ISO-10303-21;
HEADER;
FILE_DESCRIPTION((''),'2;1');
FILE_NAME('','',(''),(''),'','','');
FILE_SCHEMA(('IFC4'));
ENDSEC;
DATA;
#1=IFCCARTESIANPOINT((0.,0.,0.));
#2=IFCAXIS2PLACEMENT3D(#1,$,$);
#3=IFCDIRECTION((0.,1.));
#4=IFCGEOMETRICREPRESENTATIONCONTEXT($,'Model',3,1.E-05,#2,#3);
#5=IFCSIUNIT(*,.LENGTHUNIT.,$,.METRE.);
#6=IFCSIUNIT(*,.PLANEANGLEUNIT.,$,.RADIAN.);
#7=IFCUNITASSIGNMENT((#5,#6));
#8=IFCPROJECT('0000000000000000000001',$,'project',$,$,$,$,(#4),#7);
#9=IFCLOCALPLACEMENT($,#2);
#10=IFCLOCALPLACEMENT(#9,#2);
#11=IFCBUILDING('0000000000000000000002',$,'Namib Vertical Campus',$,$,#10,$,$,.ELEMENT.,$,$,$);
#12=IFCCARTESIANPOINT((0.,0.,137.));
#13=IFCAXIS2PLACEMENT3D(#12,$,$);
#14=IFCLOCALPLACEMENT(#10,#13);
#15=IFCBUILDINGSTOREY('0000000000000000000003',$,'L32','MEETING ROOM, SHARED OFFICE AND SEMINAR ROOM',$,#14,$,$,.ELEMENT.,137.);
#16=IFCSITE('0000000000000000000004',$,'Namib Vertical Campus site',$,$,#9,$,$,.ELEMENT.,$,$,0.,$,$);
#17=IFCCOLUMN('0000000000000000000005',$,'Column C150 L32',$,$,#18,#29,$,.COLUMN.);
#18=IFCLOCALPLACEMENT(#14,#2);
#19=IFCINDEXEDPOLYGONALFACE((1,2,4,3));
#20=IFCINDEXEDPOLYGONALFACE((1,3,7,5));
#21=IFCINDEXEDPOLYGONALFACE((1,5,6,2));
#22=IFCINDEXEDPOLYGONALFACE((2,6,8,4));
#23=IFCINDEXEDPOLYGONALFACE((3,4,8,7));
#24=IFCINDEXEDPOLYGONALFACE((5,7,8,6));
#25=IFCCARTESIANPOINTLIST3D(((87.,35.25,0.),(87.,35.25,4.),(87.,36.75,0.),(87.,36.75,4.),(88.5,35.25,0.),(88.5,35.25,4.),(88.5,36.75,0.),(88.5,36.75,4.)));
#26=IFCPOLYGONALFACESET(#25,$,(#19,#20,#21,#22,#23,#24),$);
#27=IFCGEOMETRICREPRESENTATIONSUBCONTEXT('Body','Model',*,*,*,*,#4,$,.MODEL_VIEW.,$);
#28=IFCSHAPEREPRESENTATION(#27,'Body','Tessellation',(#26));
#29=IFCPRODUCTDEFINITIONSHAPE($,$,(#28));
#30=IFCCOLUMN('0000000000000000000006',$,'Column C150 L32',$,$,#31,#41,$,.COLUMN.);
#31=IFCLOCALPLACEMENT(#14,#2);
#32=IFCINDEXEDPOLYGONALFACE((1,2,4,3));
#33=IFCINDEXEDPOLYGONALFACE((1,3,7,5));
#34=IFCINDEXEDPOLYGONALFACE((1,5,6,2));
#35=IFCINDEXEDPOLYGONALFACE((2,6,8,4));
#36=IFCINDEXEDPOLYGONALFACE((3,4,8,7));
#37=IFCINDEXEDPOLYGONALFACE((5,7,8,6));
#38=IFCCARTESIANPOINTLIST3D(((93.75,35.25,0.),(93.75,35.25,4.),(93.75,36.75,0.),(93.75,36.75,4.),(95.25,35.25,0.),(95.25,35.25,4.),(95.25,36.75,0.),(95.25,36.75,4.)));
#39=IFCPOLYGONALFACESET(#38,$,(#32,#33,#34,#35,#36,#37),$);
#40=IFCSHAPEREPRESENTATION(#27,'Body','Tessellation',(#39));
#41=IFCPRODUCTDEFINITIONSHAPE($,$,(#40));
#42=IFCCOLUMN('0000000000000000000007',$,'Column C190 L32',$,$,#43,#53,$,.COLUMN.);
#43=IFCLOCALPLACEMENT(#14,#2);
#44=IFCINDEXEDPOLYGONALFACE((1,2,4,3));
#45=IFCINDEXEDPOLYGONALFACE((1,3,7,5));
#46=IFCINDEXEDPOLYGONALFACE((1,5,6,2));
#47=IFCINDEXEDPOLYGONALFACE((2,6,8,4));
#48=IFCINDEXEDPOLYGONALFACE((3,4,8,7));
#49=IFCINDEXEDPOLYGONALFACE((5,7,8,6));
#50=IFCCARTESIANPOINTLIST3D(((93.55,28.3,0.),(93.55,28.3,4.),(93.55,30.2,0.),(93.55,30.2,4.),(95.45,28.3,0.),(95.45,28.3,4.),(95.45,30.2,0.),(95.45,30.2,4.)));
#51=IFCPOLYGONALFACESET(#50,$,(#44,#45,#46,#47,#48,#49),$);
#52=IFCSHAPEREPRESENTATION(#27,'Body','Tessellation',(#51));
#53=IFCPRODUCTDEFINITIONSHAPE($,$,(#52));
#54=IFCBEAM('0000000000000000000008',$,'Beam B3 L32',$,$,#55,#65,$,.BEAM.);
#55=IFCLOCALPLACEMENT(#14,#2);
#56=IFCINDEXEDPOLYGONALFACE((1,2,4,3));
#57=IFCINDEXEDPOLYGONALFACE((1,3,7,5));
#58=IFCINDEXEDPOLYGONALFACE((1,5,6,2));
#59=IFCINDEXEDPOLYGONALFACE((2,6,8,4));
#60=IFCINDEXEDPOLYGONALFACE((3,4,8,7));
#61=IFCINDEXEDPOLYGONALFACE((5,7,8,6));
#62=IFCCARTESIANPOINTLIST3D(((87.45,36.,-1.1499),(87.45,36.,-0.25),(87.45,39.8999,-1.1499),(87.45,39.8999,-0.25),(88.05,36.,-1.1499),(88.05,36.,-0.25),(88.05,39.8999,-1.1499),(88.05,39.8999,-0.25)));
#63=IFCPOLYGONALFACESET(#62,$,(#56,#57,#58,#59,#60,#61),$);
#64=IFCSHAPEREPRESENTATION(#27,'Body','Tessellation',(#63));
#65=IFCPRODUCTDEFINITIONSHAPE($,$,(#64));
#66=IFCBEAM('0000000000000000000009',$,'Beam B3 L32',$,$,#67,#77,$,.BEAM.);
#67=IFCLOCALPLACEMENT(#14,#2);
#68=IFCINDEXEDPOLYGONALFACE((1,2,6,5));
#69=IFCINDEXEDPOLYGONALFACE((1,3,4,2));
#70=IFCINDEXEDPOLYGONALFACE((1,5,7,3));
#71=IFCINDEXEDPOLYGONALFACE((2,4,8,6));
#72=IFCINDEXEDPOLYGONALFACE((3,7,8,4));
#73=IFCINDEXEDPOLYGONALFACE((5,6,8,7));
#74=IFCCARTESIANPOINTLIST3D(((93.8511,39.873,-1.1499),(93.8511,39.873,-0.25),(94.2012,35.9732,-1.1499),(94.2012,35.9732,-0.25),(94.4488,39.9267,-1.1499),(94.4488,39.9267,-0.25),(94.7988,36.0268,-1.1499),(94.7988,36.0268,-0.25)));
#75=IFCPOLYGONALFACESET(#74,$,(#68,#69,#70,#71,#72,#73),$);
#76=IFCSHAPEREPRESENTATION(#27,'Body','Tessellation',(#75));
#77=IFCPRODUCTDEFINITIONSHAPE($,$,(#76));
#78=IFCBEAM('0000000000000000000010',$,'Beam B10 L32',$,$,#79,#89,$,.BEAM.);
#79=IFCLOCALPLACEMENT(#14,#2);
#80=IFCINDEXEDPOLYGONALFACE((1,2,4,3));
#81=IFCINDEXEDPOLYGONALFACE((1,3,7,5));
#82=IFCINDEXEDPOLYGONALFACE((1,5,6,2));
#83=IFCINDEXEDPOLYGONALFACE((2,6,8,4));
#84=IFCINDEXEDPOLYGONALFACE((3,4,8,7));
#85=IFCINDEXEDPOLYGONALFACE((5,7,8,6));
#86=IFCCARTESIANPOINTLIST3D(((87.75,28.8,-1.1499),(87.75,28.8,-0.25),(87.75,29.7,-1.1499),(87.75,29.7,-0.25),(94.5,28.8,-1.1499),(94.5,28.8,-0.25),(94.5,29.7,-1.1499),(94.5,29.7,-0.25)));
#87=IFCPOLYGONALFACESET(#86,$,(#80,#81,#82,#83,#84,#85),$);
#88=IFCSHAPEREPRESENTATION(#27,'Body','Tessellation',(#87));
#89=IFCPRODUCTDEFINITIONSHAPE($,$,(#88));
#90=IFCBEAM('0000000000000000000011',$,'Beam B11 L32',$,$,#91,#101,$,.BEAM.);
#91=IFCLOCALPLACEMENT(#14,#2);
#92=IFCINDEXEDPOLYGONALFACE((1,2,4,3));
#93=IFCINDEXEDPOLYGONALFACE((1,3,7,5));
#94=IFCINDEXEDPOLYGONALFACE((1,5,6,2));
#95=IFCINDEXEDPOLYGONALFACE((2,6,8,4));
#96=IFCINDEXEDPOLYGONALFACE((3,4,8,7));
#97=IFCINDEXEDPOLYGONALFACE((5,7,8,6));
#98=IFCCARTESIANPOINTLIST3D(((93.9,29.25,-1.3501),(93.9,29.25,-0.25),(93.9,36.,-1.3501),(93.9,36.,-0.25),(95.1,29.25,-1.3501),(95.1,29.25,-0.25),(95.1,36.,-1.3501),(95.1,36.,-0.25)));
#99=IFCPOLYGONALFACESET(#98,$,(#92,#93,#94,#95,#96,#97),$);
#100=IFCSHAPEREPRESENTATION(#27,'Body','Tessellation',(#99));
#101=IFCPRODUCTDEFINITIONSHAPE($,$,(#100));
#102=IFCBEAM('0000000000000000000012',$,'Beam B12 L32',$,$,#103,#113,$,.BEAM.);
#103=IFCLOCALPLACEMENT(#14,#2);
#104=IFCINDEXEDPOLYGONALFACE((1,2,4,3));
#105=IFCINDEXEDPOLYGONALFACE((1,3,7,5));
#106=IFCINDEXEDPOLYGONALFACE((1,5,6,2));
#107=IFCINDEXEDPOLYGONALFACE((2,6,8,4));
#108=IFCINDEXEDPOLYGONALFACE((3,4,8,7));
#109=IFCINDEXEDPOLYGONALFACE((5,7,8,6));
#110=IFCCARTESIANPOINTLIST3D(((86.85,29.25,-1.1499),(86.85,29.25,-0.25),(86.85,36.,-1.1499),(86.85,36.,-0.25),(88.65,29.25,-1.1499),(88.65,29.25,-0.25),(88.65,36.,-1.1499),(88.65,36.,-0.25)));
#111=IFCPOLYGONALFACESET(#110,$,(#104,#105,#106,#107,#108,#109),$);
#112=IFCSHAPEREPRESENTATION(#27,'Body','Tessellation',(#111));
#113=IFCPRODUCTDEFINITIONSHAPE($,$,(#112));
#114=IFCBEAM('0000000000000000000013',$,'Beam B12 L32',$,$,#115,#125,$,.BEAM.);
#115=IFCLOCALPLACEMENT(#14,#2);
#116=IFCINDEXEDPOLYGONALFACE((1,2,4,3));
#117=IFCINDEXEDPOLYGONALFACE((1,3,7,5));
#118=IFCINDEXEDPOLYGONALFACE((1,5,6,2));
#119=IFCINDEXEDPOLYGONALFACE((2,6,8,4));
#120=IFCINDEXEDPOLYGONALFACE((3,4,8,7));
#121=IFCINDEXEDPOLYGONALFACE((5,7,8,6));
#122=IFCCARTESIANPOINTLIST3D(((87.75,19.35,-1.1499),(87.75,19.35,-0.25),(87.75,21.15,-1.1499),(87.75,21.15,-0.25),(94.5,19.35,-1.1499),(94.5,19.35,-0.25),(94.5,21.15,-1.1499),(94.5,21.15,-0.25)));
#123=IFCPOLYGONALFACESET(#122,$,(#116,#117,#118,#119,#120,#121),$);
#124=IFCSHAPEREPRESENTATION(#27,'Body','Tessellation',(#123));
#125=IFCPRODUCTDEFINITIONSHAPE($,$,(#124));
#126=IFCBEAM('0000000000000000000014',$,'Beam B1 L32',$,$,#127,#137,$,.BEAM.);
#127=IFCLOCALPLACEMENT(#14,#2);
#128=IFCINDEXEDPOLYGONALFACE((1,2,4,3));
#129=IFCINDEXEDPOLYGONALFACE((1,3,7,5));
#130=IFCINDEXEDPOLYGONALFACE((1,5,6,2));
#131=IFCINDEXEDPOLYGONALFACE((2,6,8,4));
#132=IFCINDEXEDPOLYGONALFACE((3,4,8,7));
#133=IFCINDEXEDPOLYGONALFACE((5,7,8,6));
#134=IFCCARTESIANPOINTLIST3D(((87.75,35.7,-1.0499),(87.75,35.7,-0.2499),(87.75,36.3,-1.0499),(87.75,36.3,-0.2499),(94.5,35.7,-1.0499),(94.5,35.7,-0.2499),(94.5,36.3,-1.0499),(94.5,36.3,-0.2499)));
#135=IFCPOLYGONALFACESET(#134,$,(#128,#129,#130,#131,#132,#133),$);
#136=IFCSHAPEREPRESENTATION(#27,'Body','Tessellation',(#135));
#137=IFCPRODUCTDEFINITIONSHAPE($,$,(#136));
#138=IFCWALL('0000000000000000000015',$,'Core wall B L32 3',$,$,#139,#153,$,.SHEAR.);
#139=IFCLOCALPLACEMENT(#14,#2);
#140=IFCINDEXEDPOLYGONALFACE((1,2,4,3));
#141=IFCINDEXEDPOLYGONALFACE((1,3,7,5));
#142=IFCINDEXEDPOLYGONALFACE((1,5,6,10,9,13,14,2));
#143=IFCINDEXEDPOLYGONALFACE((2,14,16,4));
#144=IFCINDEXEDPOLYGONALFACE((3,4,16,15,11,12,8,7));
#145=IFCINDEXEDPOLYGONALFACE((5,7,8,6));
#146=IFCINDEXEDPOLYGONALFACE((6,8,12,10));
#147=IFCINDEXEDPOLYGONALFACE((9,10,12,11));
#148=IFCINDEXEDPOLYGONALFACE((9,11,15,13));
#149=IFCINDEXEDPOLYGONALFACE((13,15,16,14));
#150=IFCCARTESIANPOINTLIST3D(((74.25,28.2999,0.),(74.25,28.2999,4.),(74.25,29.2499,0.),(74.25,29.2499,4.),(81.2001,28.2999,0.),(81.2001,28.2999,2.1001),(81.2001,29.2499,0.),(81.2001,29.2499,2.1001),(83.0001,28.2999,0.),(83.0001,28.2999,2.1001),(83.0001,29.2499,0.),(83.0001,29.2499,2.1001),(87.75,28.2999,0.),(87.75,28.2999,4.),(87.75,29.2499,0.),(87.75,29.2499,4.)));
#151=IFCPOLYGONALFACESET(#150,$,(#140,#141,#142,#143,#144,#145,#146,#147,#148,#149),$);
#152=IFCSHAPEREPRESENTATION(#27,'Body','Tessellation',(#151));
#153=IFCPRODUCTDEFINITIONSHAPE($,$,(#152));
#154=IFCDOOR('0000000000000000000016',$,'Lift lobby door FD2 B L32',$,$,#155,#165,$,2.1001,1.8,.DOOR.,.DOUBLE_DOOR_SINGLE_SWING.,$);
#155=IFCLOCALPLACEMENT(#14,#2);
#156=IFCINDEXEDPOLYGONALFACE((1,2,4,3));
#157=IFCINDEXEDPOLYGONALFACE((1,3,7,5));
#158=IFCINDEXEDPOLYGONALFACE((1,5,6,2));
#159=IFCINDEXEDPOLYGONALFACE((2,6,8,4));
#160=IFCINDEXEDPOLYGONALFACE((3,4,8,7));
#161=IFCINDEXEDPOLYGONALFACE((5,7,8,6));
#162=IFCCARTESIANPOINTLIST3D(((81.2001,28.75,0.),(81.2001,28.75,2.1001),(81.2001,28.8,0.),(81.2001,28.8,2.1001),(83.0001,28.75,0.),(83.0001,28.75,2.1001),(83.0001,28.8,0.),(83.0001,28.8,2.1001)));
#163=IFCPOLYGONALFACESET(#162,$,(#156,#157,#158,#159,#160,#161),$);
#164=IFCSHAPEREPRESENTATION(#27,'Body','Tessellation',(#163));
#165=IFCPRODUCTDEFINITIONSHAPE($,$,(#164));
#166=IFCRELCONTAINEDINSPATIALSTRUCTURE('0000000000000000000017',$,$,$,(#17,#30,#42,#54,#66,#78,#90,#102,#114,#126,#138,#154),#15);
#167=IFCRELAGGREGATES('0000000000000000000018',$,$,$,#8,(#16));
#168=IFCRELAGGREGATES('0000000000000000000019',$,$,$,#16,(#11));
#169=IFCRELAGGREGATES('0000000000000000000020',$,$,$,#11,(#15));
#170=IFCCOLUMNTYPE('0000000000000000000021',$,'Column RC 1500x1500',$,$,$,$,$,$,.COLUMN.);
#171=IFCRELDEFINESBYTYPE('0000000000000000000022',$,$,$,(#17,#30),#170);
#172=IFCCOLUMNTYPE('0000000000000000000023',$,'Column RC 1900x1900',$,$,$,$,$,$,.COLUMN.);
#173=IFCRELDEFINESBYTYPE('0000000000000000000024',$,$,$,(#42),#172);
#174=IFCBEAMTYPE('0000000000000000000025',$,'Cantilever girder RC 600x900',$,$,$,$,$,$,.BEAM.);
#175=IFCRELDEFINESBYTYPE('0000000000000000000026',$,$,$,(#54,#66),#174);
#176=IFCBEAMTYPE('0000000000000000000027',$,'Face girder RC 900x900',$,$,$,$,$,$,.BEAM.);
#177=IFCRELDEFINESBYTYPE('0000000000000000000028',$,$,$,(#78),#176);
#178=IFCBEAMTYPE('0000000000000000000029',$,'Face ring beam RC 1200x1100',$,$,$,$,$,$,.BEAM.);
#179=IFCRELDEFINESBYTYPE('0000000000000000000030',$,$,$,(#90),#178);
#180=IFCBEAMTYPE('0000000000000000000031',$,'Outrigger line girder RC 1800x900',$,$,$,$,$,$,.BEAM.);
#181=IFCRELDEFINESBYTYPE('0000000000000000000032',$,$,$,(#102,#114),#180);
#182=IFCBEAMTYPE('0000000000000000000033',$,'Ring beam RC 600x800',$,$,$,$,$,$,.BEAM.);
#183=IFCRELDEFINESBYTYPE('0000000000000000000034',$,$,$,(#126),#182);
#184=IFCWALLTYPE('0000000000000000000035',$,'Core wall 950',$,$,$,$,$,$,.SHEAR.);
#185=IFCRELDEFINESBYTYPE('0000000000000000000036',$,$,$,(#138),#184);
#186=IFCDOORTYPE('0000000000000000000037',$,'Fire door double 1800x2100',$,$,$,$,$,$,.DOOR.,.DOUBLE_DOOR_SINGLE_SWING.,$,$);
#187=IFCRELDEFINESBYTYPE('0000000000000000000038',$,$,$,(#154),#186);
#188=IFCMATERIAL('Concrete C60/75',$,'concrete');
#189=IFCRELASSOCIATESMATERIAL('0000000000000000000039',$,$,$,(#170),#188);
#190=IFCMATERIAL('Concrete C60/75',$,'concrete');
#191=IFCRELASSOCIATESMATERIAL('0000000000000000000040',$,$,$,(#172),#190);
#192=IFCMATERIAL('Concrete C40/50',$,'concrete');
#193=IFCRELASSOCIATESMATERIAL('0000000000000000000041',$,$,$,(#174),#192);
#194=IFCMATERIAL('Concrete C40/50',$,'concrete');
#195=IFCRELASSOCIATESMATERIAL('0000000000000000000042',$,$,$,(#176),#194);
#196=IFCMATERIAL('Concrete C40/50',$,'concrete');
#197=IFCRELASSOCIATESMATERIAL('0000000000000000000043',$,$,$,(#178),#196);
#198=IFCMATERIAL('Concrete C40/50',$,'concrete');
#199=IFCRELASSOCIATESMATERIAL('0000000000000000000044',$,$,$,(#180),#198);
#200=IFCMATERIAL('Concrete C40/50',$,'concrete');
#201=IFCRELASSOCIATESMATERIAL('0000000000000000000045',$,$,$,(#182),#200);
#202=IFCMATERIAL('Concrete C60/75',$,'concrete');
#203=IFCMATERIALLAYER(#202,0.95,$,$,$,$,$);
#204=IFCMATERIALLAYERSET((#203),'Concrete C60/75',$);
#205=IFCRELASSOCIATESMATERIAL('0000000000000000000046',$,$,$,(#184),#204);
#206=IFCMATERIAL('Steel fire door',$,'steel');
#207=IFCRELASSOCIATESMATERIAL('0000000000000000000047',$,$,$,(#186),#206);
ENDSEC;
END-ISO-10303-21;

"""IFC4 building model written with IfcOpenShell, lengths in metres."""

from ifc_helpers import new_model, si_unit, direction, frame, frame_2d, origin, origin_2d, place, context, subcontext, project, spatial, rectangle, extrude, material, layer, layer_set, material_profile, profile_set, type_object, element, fill, save


model = new_model("IFC4")

# Units and contexts
model_context = context("Model", 3, precision=1e-05, world=origin(), true_north=direction((0.0, 1.0)))
body_context = subcontext(model_context, "Body", "Model", "MODEL_VIEW")
ifc_project = project(units=[si_unit("LENGTHUNIT", "METRE"), si_unit("PLANEANGLEUNIT", "RADIAN")], contexts=[model_context])

# Site, building, storey
site_placement = place(None, origin())
site = spatial("IfcSite", under=ifc_project, at=site_placement, Name="Namib Vertical Campus site", CompositionType="ELEMENT", RefElevation=0.0)
building_placement = place(site_placement, origin())
building = spatial("IfcBuilding", under=site, at=building_placement, Name="Namib Vertical Campus", CompositionType="ELEMENT")
storey_placement = place(building_placement, frame((0.0, 0.0, 137.0)))
storey = spatial("IfcBuildingStorey", under=building, at=storey_placement, Name="L32", Description="MEETING ROOM, SHARED OFFICE AND SEMINAR ROOM", CompositionType="ELEMENT", Elevation=137.0)

# Columns
ifc_material_1 = material(Name="Concrete C60/75", Category="concrete")
ifc_material_profile_1 = material_profile(ifc_material_1, rectangle(XDim=1.5, YDim=1.5, at=origin_2d()))
ifc_profile_set_1 = profile_set([ifc_material_profile_1], Name="Concrete C60/75")
column_type_1 = type_object("IfcColumnType", Name="Column RC 1500x1500", PredefinedType="COLUMN", material=ifc_profile_set_1)
for number, where, z_axis, x_axis, name in (
    (1, (87.75, 36.0, 0.0), (0.0, 0.0, 1.0), (1.0, 0.0, 0.0), "Column C150 L32"),
    (2, (94.5, 36.0, 0.0), (0.0, 0.0, 1.0), (1.0, 0.0, 0.0), "Column C150 L32"),
):
    element("IfcColumn", number, at=place(storey_placement, frame(where, z_axis=z_axis, x_axis=x_axis)), inside=storey, type_object=column_type_1, Name=name, PredefinedType="COLUMN", context=body_context, shape_type="SweptSolid", body=[
        extrude(rectangle(XDim=1.5, YDim=1.5, at=origin_2d()), origin(), (0.0, 0.0, 1.0), 4.0),
    ])
ifc_material_2 = material(Name="Concrete C60/75", Category="concrete")
ifc_material_profile_2 = material_profile(ifc_material_2, rectangle(XDim=1.8999, YDim=1.8999, at=origin_2d()))
ifc_profile_set_2 = profile_set([ifc_material_profile_2], Name="Concrete C60/75")
column_type_2 = type_object("IfcColumnType", Name="Column RC 1900x1900", PredefinedType="COLUMN", material=ifc_profile_set_2)
column_placement = place(storey_placement, frame((94.5, 29.25, 0.0), z_axis=(0.0, 0.0, 1.0), x_axis=(1.0, 0.0, 0.0)))
element("IfcColumn", 3, at=column_placement, inside=storey, type_object=column_type_2, Name="Column C190 L32", PredefinedType="COLUMN", context=body_context, shape_type="SweptSolid", body=[
    extrude(rectangle(XDim=1.8999, YDim=1.8999, at=origin_2d()), origin(), (0.0, 0.0, 1.0), 4.0),
])

# Beams
ifc_material_3 = material(Name="Concrete C40/50", Category="concrete")
ifc_material_profile_3 = material_profile(ifc_material_3, rectangle(XDim=0.6001, YDim=0.8999, at=origin_2d()))
ifc_profile_set_3 = profile_set([ifc_material_profile_3], Name="Concrete C40/50")
beam_type_1 = type_object("IfcBeamType", Name="Cantilever girder RC 600x900", PredefinedType="BEAM", material=ifc_profile_set_3)
beam_1_placement = place(storey_placement, frame((87.75, 36.0, -0.7), z_axis=(0.0, 1.0, 0.0), x_axis=(-1.0, 0.0, 0.0)))
element("IfcBeam", 4, at=beam_1_placement, inside=storey, type_object=beam_type_1, Name="Beam B3 L32", PredefinedType="BEAM", context=body_context, shape_type="SweptSolid", body=[
    extrude(rectangle(XDim=0.6001, YDim=0.8999, at=origin_2d()), origin(), (0.0, 0.0, 1.0), 3.8999),
])
beam_2_placement = place(storey_placement, frame((94.5, 36.0, -0.7), z_axis=(-0.089411, 0.995995, 0.0), x_axis=(-0.995995, -0.089411, 0.0)))
element("IfcBeam", 5, at=beam_2_placement, inside=storey, type_object=beam_type_1, Name="Beam B3 L32", PredefinedType="BEAM", context=body_context, shape_type="SweptSolid", body=[
    extrude(rectangle(XDim=0.6001, YDim=0.8999, at=origin_2d()), origin(), (0.0, 0.0, 1.0), 3.9155),
])
ifc_material_4 = material(Name="Concrete C40/50", Category="concrete")
ifc_material_profile_4 = material_profile(ifc_material_4, rectangle(XDim=0.8999, YDim=0.8999, at=origin_2d()))
ifc_profile_set_4 = profile_set([ifc_material_profile_4], Name="Concrete C40/50")
beam_type_2 = type_object("IfcBeamType", Name="Face girder RC 900x900", PredefinedType="BEAM", material=ifc_profile_set_4)
beam_3_placement = place(storey_placement, frame((94.5, 29.25, -0.7), z_axis=(-1.0, 0.0, 0.0), x_axis=(0.0, -1.0, 0.0)))
element("IfcBeam", 6, at=beam_3_placement, inside=storey, type_object=beam_type_2, Name="Beam B10 L32", PredefinedType="BEAM", context=body_context, shape_type="SweptSolid", body=[
    extrude(rectangle(XDim=0.8999, YDim=0.8999, at=origin_2d()), origin(), (0.0, 0.0, 1.0), 6.75),
])
ifc_material_5 = material(Name="Concrete C40/50", Category="concrete")
ifc_material_profile_5 = material_profile(ifc_material_5, rectangle(XDim=1.2, YDim=1.1001, at=origin_2d()))
ifc_profile_set_5 = profile_set([ifc_material_profile_5], Name="Concrete C40/50")
beam_type_3 = type_object("IfcBeamType", Name="Face ring beam RC 1200x1100", PredefinedType="BEAM", material=ifc_profile_set_5)
beam_4_placement = place(storey_placement, frame((94.5, 29.25, -0.8), z_axis=(0.0, 1.0, 0.0), x_axis=(-1.0, 0.0, 0.0)))
element("IfcBeam", 7, at=beam_4_placement, inside=storey, type_object=beam_type_3, Name="Beam B11 L32", PredefinedType="BEAM", context=body_context, shape_type="SweptSolid", body=[
    extrude(rectangle(XDim=1.2, YDim=1.1001, at=origin_2d()), origin(), (0.0, 0.0, 1.0), 6.75),
])
ifc_material_6 = material(Name="Concrete C40/50", Category="concrete")
ifc_material_profile_6 = material_profile(ifc_material_6, rectangle(XDim=1.8, YDim=0.8999, at=origin_2d()))
ifc_profile_set_6 = profile_set([ifc_material_profile_6], Name="Concrete C40/50")
beam_type_4 = type_object("IfcBeamType", Name="Outrigger line girder RC 1800x900", PredefinedType="BEAM", material=ifc_profile_set_6)
for number, where, z_axis, x_axis, name in (
    (8, (87.75, 36.0, -0.7), (0.0, -1.0, 0.0), (1.0, 0.0, 0.0), "Beam B12 L32"),
    (9, (94.5, 20.25, -0.7), (-1.0, 0.0, 0.0), (0.0, -1.0, 0.0), "Beam B12 L32"),
):
    element("IfcBeam", number, at=place(storey_placement, frame(where, z_axis=z_axis, x_axis=x_axis)), inside=storey, type_object=beam_type_4, Name=name, PredefinedType="BEAM", context=body_context, shape_type="SweptSolid", body=[
        extrude(rectangle(XDim=1.8, YDim=0.8999, at=origin_2d()), origin(), (0.0, 0.0, 1.0), 6.75),
    ])
ifc_material_7 = material(Name="Concrete C40/50", Category="concrete")
ifc_material_profile_7 = material_profile(ifc_material_7, rectangle(XDim=0.6001, YDim=0.8, at=origin_2d()))
ifc_profile_set_7 = profile_set([ifc_material_profile_7], Name="Concrete C40/50")
beam_type_5 = type_object("IfcBeamType", Name="Ring beam RC 600x800", PredefinedType="BEAM", material=ifc_profile_set_7)
beam_5_placement = place(storey_placement, frame((87.75, 36.0, -0.6499), z_axis=(1.0, 0.0, 0.0), x_axis=(0.0, 1.0, 0.0)))
element("IfcBeam", 10, at=beam_5_placement, inside=storey, type_object=beam_type_5, Name="Beam B1 L32", PredefinedType="BEAM", context=body_context, shape_type="SweptSolid", body=[
    extrude(rectangle(XDim=0.6001, YDim=0.8, at=origin_2d()), origin(), (0.0, 0.0, 1.0), 6.75),
])

# Wall, opening, door
ifc_material_8 = material(Name="Concrete C60/75", Category="concrete")
ifc_layer_1 = layer(ifc_material_8, 0.95)
ifc_layer_set_1 = layer_set([ifc_layer_1], Name="Concrete C60/75")
wall_type_1 = type_object("IfcWallType", Name="Core wall 950", PredefinedType="SHEAR", material=ifc_layer_set_1)
wall_1_placement = place(storey_placement, frame((87.75, 28.7749, 0.0), z_axis=(0.0, 0.0, 1.0), x_axis=(-1.0, 0.0, 0.0)))
wall_1 = element("IfcWall", 11, at=wall_1_placement, inside=storey, type_object=wall_type_1, Name="Core wall B L32 3", PredefinedType="SHEAR", context=body_context, shape_type="SweptSolid", body=[
    extrude(rectangle(XDim=13.5, YDim=0.95, at=frame_2d((6.75, 0.0))), origin(), (0.0, 0.0, 1.0), 4.0),
])
opening_1_placement = place(wall_1_placement, frame((4.75, 0.0, 0.0)))
opening_1 = element("IfcOpeningElement", 12, at=opening_1_placement, cuts=wall_1, PredefinedType="OPENING", context=body_context, shape_type="SweptSolid", body=[
    extrude(rectangle(XDim=1.8, YDim=2.1001, at=frame_2d((0.8999, 1.05))), frame((0.0, 0.4849, 0.0), z_axis=(0.0, -1.0, 0.0), x_axis=(1.0, 0.0, 0.0)), (0.0, 0.0, 1.0), 0.97),
])
ifc_material_9 = material(Name="Steel fire door", Category="steel")
door_type_1 = type_object("IfcDoorType", Name="Fire door double 1800x2100", OperationType="DOUBLE_DOOR_SINGLE_SWING", PredefinedType="DOOR", material=ifc_material_9)
door_1_placement = place(opening_1_placement, origin())
door_1 = element("IfcDoor", 13, at=door_1_placement, inside=storey, type_object=door_type_1, Name="Lift lobby door FD2 B L32", OperationType="DOUBLE_DOOR_SINGLE_SWING", OverallHeight=2.1001, OverallWidth=1.8, PredefinedType="DOOR", context=body_context, shape_type="SweptSolid", body=[
    extrude(rectangle(XDim=1.8, YDim=2.1001, at=frame_2d((0.8999, 1.05))), frame((0.0, 0.0249, 0.0), z_axis=(0.0, -1.0, 0.0), x_axis=(1.0, 0.0, 0.0)), (0.0, 0.0, 1.0), 0.05),
])
fill(opening_1, door_1)

save(model, "model.ifc")
